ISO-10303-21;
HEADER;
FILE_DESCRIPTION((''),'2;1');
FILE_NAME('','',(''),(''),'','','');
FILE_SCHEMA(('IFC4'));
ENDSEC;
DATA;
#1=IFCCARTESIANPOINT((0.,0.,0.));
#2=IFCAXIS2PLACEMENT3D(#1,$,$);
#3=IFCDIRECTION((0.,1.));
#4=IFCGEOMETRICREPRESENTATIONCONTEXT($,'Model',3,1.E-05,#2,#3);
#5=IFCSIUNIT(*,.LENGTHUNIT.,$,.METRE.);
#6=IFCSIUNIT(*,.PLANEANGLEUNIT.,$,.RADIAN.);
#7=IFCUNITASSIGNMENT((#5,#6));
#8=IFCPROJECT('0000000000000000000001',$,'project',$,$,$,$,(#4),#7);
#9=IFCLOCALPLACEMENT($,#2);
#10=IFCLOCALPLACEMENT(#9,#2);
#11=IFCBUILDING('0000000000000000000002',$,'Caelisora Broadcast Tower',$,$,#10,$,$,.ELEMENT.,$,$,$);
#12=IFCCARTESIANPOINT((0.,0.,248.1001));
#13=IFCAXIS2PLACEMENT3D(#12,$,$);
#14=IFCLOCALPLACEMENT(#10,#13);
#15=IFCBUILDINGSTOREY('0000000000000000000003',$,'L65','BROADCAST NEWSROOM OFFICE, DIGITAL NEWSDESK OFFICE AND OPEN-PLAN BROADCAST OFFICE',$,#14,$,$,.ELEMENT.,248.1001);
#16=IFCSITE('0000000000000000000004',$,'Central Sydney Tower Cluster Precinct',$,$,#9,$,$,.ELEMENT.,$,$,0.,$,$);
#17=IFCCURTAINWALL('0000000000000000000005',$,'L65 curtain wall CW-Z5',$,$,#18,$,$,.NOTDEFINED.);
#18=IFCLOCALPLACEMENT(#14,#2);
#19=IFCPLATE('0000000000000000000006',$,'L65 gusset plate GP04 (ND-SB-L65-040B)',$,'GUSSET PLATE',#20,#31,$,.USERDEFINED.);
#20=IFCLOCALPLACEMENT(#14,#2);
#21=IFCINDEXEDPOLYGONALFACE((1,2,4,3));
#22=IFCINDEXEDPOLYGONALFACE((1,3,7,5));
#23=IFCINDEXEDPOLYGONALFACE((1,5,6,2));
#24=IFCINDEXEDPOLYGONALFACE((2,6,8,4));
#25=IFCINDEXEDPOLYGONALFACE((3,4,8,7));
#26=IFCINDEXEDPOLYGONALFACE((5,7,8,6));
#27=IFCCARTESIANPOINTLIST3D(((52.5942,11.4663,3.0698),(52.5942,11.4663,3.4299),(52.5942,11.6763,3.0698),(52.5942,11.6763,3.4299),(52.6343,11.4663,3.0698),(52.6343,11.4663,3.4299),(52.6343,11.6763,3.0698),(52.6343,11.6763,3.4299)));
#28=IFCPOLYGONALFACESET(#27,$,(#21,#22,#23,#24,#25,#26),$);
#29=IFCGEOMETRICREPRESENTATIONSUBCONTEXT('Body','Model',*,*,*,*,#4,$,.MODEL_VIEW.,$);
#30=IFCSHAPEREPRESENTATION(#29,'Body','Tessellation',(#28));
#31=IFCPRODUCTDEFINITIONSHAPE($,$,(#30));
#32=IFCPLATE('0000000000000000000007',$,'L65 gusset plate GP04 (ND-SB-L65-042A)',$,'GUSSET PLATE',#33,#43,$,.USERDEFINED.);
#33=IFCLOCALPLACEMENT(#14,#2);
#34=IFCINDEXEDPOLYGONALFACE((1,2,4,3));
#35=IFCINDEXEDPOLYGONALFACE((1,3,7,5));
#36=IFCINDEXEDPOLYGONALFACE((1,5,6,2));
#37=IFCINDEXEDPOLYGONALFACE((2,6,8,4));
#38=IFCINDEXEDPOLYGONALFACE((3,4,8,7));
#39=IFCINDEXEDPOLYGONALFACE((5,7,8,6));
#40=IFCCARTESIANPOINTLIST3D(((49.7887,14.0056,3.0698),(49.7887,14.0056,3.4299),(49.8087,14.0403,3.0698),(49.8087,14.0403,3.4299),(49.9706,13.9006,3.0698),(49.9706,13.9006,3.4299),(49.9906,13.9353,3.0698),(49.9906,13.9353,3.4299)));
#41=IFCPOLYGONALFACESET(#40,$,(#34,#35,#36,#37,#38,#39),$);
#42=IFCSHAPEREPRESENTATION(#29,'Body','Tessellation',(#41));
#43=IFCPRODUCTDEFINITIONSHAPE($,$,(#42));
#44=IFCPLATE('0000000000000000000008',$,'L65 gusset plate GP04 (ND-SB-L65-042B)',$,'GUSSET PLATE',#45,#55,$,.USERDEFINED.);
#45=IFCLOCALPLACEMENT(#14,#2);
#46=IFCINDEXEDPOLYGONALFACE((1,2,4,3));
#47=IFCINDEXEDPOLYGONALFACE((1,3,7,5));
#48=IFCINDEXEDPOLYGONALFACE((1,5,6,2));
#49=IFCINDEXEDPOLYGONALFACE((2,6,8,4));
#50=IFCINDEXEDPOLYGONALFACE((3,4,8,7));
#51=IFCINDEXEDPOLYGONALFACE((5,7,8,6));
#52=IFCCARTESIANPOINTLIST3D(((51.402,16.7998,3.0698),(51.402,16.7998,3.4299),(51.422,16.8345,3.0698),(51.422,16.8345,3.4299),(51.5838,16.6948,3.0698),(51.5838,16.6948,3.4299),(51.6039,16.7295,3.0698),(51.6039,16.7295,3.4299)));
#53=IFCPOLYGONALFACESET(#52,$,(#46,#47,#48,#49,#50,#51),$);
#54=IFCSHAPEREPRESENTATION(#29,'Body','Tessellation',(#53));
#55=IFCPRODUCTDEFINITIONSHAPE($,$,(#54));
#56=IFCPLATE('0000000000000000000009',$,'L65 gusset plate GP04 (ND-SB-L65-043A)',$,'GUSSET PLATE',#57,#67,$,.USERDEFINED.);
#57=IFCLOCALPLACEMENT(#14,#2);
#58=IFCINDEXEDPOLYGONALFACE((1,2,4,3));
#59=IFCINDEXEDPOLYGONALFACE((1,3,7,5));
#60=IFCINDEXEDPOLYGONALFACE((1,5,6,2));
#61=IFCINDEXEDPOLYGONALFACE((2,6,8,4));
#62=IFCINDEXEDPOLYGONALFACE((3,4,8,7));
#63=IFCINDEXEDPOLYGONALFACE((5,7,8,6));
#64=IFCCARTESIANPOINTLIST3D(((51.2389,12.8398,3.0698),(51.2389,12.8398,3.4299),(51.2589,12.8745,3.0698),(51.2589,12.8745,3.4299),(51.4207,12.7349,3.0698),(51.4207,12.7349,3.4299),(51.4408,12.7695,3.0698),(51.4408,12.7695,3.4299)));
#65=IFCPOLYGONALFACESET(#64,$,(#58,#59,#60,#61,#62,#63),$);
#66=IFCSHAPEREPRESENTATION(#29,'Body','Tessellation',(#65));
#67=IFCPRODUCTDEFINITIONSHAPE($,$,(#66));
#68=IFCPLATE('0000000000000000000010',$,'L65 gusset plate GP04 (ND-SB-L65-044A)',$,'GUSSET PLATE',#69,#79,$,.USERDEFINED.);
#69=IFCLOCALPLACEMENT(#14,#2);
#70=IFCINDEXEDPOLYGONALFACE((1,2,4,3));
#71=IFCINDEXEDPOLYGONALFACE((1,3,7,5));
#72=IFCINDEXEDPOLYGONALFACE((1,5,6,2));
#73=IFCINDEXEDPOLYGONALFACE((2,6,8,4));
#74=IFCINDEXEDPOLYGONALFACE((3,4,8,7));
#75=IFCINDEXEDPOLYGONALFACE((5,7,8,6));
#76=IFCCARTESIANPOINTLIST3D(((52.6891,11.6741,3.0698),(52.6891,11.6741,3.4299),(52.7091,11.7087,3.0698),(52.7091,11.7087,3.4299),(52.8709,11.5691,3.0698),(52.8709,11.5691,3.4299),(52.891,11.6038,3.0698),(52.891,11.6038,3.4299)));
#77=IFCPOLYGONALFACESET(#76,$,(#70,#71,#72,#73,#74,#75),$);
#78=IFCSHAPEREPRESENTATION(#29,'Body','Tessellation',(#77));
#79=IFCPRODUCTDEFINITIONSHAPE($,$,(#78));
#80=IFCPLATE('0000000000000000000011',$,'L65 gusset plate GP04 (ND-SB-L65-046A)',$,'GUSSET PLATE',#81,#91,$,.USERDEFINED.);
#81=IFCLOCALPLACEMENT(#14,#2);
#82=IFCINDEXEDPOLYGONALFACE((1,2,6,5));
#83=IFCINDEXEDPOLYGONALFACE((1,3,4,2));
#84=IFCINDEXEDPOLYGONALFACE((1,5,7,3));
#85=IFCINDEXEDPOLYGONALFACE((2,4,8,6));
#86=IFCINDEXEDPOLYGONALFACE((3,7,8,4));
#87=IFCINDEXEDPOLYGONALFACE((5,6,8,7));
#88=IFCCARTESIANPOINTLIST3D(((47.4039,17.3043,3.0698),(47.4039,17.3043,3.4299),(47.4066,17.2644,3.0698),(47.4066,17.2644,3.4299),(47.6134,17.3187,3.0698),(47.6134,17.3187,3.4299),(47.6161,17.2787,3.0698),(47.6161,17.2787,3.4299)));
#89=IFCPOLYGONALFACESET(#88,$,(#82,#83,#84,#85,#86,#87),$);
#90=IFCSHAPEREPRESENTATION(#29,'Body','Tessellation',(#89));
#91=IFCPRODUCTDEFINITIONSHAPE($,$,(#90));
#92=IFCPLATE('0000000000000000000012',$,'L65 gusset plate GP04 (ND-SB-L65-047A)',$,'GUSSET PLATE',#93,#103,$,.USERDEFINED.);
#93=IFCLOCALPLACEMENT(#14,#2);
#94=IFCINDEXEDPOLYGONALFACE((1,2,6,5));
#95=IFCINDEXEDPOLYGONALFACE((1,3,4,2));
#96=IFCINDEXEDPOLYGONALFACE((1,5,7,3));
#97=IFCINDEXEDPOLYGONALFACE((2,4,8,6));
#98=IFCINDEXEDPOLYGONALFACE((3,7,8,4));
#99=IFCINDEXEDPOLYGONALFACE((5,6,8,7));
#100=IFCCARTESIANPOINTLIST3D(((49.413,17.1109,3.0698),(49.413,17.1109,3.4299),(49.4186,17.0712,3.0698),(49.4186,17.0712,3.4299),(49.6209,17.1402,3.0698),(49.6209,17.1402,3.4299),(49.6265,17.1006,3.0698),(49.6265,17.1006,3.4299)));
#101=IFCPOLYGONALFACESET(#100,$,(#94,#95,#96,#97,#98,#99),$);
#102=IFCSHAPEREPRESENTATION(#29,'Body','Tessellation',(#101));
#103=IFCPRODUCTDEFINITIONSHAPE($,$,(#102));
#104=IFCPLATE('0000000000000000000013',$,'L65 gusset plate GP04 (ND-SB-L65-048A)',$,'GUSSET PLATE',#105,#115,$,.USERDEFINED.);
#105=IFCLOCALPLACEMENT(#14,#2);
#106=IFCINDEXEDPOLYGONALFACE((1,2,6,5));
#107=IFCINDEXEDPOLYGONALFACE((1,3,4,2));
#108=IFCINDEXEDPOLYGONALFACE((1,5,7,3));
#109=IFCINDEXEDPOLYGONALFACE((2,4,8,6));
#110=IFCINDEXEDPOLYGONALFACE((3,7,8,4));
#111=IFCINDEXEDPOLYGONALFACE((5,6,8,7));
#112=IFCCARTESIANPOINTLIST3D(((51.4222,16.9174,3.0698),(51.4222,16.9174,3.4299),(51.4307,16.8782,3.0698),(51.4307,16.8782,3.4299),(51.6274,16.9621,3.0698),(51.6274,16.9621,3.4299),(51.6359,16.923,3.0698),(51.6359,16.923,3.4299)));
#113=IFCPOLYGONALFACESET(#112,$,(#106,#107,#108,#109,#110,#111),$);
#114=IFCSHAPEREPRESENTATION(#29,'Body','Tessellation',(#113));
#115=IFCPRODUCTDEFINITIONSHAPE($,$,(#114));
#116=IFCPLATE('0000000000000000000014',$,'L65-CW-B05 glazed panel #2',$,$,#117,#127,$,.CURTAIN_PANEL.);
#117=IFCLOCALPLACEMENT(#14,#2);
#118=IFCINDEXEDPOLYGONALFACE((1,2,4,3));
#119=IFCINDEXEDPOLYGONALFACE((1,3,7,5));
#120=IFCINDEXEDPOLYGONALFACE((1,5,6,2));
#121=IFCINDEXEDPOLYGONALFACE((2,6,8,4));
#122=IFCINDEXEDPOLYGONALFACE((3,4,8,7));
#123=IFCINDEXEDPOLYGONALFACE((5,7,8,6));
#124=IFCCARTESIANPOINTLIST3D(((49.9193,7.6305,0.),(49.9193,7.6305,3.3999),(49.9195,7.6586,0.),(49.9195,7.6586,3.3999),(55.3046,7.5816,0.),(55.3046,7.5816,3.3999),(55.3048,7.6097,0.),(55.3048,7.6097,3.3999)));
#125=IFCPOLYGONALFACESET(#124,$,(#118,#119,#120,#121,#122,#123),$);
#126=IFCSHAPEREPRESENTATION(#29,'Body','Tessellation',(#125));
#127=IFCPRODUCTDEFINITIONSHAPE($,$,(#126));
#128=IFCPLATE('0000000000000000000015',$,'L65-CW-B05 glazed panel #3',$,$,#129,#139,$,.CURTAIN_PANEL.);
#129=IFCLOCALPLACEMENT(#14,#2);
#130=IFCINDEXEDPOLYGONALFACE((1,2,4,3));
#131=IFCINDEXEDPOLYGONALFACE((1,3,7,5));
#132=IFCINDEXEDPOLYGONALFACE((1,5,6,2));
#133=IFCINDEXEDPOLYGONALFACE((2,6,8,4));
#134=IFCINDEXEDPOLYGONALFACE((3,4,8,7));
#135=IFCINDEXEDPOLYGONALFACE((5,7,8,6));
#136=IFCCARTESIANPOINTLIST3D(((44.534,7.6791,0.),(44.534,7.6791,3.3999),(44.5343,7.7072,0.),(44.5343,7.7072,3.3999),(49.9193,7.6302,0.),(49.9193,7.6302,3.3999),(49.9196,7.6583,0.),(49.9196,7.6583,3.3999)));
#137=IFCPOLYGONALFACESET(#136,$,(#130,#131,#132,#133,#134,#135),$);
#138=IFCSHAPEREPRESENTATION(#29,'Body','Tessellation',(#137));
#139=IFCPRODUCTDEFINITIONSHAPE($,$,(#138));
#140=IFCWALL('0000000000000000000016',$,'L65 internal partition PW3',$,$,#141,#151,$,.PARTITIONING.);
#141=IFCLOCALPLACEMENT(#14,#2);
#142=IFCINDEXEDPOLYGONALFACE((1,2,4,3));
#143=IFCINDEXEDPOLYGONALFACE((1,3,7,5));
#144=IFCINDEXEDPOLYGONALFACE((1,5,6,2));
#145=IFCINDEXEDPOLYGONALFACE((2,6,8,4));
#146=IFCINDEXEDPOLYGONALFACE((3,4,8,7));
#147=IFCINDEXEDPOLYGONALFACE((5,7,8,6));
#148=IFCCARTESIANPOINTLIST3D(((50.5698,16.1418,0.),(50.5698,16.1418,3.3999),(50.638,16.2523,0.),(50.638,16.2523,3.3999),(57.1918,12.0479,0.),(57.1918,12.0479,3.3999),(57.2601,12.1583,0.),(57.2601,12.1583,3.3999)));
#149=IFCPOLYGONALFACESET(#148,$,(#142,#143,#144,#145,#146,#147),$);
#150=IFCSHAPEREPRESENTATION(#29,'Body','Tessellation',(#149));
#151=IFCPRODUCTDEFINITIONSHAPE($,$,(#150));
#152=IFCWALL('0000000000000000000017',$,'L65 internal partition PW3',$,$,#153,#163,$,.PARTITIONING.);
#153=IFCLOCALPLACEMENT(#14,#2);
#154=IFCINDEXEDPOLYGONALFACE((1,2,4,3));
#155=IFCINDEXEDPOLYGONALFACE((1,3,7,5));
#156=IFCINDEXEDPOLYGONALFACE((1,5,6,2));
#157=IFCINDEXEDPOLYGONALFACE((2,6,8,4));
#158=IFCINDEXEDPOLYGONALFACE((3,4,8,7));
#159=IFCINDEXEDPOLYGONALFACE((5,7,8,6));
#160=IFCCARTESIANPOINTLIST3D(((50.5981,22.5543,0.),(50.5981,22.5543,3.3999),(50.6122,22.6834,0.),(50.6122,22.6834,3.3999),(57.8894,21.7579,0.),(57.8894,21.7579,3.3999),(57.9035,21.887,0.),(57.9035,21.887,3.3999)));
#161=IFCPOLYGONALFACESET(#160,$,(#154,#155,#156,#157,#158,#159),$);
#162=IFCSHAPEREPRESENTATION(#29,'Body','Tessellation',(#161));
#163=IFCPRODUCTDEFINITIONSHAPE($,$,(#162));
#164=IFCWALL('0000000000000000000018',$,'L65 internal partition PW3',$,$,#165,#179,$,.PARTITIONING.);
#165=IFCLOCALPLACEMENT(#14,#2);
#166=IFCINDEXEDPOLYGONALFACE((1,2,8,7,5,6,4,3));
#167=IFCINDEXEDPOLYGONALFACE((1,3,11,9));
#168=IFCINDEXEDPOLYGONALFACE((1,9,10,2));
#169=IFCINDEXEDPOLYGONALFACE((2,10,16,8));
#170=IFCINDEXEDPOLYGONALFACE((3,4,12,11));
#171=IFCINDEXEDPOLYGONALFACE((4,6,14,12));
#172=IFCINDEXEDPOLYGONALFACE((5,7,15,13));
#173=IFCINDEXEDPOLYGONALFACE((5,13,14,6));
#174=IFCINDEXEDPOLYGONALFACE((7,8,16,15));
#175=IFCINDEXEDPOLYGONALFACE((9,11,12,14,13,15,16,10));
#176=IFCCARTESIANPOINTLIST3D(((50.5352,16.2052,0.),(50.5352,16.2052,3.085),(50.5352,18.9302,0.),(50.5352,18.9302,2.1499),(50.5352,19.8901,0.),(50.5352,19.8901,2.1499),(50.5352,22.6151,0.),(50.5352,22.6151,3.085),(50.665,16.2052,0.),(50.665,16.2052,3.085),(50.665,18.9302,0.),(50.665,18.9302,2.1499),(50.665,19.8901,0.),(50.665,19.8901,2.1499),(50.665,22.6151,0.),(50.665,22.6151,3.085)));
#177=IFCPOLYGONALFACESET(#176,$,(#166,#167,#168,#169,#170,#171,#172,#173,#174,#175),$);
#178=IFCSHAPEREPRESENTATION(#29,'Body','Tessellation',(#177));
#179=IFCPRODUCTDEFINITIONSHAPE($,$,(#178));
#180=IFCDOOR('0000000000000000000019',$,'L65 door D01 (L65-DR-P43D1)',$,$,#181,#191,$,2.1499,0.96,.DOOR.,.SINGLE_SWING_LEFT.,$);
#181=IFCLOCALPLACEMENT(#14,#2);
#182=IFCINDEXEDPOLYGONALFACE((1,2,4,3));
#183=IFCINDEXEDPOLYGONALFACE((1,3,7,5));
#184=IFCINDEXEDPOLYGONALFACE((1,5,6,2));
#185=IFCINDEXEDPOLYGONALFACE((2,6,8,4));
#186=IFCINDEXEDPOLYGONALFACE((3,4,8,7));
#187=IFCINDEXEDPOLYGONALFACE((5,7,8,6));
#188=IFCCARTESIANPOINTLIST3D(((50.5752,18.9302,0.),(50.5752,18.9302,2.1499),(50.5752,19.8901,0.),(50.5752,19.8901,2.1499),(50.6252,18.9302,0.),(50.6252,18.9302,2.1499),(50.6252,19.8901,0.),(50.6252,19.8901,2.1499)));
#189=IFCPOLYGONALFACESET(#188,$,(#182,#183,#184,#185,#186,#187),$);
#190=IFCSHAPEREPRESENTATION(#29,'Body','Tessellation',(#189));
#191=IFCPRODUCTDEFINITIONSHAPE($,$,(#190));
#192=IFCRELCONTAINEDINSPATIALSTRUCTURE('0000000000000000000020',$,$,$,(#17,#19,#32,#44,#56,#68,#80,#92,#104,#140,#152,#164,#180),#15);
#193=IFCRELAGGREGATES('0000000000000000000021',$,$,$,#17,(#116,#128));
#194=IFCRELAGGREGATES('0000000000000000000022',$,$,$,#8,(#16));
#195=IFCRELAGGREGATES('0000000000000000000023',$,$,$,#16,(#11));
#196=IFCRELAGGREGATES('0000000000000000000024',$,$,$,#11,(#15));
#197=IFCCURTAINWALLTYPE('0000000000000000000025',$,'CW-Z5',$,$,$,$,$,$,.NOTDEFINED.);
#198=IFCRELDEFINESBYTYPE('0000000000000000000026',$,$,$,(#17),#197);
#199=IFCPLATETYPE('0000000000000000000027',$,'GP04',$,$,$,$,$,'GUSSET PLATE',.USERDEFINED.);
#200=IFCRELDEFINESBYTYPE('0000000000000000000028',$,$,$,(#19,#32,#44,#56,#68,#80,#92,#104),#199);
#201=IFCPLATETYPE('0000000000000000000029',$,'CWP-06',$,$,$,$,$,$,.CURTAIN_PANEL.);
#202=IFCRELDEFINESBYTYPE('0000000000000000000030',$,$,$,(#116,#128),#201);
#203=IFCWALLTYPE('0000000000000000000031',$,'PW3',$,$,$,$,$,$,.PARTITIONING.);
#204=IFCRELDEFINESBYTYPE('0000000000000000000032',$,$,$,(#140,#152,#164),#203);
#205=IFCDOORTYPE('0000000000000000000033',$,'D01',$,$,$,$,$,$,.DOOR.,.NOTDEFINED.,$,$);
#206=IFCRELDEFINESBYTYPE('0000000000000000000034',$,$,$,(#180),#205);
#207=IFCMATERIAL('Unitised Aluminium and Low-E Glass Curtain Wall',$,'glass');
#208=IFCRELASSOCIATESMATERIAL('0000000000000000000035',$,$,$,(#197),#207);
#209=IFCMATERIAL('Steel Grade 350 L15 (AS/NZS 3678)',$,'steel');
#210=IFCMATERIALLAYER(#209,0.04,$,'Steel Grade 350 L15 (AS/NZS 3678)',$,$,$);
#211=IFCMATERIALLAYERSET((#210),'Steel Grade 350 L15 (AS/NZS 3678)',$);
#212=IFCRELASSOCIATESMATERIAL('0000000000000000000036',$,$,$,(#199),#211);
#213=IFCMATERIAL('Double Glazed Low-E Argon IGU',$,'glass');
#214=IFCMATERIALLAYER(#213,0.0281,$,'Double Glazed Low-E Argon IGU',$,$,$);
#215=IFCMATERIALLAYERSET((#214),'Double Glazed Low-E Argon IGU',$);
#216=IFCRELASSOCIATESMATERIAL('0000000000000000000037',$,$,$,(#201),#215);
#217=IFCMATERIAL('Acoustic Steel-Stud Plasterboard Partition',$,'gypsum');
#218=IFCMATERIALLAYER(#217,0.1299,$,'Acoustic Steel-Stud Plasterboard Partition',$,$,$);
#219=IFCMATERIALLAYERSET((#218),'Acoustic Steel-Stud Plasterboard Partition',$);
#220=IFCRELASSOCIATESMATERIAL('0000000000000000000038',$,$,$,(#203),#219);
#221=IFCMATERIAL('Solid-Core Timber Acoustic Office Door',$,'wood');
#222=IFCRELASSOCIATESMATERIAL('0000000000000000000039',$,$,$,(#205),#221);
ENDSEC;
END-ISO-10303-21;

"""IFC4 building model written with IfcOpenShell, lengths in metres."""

from ifc_helpers import new_model, si_unit, direction, frame, frame_2d, origin, origin_2d, place, context, subcontext, project, spatial, rectangle, extrude, source, transform, mapped, material, layer, layer_set, type_object, type_shapes, element, fill, aggregate, save


model = new_model("IFC4")

# Units and contexts
model_context = context("Model", 3, precision=1e-05, world=origin(), true_north=direction((0.0, 1.0)))
body_context = subcontext(model_context, "Body", "Model", "MODEL_VIEW")
ifc_project = project(units=[si_unit("LENGTHUNIT", "METRE"), si_unit("PLANEANGLEUNIT", "RADIAN")], contexts=[model_context])

# Site, building, storey
site_placement = place(None, origin())
site = spatial("IfcSite", under=ifc_project, at=site_placement, Name="Central Sydney Tower Cluster Precinct", CompositionType="ELEMENT", RefElevation=0.0)
building_placement = place(site_placement, origin())
building = spatial("IfcBuilding", under=site, at=building_placement, Name="Caelisora Broadcast Tower", CompositionType="ELEMENT")
storey_placement = place(building_placement, frame((0.0, 0.0, 248.1001)))
storey = spatial("IfcBuildingStorey", under=building, at=storey_placement, Name="L65", Description="BROADCAST NEWSROOM OFFICE, DIGITAL NEWSDESK OFFICE AND OPEN-PLAN BROADCAST OFFICE", CompositionType="ELEMENT", Elevation=248.1001)

# Curtain wall
ifc_material_1 = material(Name="Unitised Aluminium and Low-E Glass Curtain Wall", Category="glass")
curtain_wall_type = type_object("IfcCurtainWallType", Name="CW-Z5", PredefinedType="NOTDEFINED", material=ifc_material_1)
curtain_wall_placement = place(storey_placement, origin())
curtain_wall = element("IfcCurtainWall", 1, at=curtain_wall_placement, inside=storey, type_object=curtain_wall_type, Name="L65 curtain wall CW-Z5", PredefinedType="NOTDEFINED")

# Plates
ifc_material_2 = material(Name="Steel Grade 350 L15 (AS/NZS 3678)", Category="steel")
ifc_layer_1 = layer(ifc_material_2, 0.04, Name="Steel Grade 350 L15 (AS/NZS 3678)")
ifc_layer_set_1 = layer_set([ifc_layer_1], Name="Steel Grade 350 L15 (AS/NZS 3678)")
plate_type_1 = type_object("IfcPlateType", Name="GP04", ElementType="GUSSET PLATE", PredefinedType="USERDEFINED", material=ifc_layer_set_1)
shared_shape_1 = source(origin(), body_context, "Body", "SweptSolid", [
    extrude(rectangle(XDim=0.21, YDim=0.04, at=origin_2d()), origin(), (0.0, 0.0, 1.0), 0.3601),
])
type_shapes(plate_type_1, [shared_shape_1])
for number, where, z_axis, x_axis, name in (
    (2, (52.6143, 11.5713, 3.0698), (0.0, 0.0, 1.0), (0.0, 1.0, 0.0), "L65 gusset plate GP04 (ND-SB-L65-040B)"),
    (3, (49.8896, 13.9705, 3.0698), (0.0, 0.0, 1.0), (-0.866025, 0.5, 0.0), "L65 gusset plate GP04 (ND-SB-L65-042A)"),
    (4, (51.5029, 16.7646, 3.0698), (0.0, 0.0, 1.0), (-0.866025, 0.5, 0.0), "L65 gusset plate GP04 (ND-SB-L65-042B)"),
    (5, (51.3398, 12.8047, 3.0698), (0.0, 0.0, 1.0), (-0.866025, 0.5, 0.0), "L65 gusset plate GP04 (ND-SB-L65-043A)"),
    (6, (52.79, 11.6389, 3.0698), (0.0, 0.0, 1.0), (-0.866025, 0.5, 0.0), "L65 gusset plate GP04 (ND-SB-L65-044A)"),
    (7, (47.51, 17.2915, 3.0698), (0.0, 0.0, 1.0), (-0.99766, -0.068364, 0.0), "L65 gusset plate GP04 (ND-SB-L65-046A)"),
    (8, (49.5198, 17.1057, 3.0698), (0.0, 0.0, 1.0), (-0.990195, -0.139692, 0.0), "L65 gusset plate GP04 (ND-SB-L65-047A)"),
    (9, (51.5291, 16.9202, 3.0698), (0.0, 0.0, 1.0), (-0.977046, -0.21303, 0.0), "L65 gusset plate GP04 (ND-SB-L65-048A)"),
):
    element("IfcPlate", number, at=place(storey_placement, frame(where, z_axis=z_axis, x_axis=x_axis)), inside=storey, type_object=plate_type_1, Name=name, ObjectType="GUSSET PLATE", PredefinedType="USERDEFINED", context=body_context, shape_type="MappedRepresentation", body=[
        mapped(shared_shape_1, transform((0.0, 0.0, 0.0), scale=1.0)),
    ])

# Plates
ifc_material_3 = material(Name="Double Glazed Low-E Argon IGU", Category="glass")
ifc_layer_2 = layer(ifc_material_3, 0.0281, Name="Double Glazed Low-E Argon IGU")
ifc_layer_set_2 = layer_set([ifc_layer_2], Name="Double Glazed Low-E Argon IGU")
plate_type_2 = type_object("IfcPlateType", Name="CWP-06", PredefinedType="CURTAIN_PANEL", material=ifc_layer_set_2)
shared_shape_2 = source(origin(), body_context, "Body", "SweptSolid", [
    extrude(rectangle(XDim=5.3855, YDim=0.0281, at=origin_2d()), origin(), (0.0, 0.0, 1.0), 3.3999),
])
type_shapes(plate_type_2, [shared_shape_2])
plate_1_placement = place(storey_placement, frame((52.6121, 7.6201, 0.0), z_axis=(0.0, 0.0, 1.0), x_axis=(-0.999959, 0.009076, 0.0)))
plate_1 = element("IfcPlate", 10, at=plate_1_placement, type_object=plate_type_2, Name="L65-CW-B05 glazed panel #2", PredefinedType="CURTAIN_PANEL", context=body_context, shape_type="MappedRepresentation", body=[
    mapped(shared_shape_2, transform((0.0, 0.0, 0.0), scale=1.0)),
])
plate_2_placement = place(storey_placement, frame((47.2268, 7.6687, 0.0), z_axis=(0.0, 0.0, 1.0), x_axis=(-0.999959, 0.009076, 0.0)))
plate_2 = element("IfcPlate", 11, at=plate_2_placement, type_object=plate_type_2, Name="L65-CW-B05 glazed panel #3", PredefinedType="CURTAIN_PANEL", context=body_context, shape_type="MappedRepresentation", body=[
    mapped(shared_shape_2, transform((0.0, 0.0, 0.0), scale=1.0)),
])
aggregate(curtain_wall, [plate_1, plate_2])

# Walls
ifc_material_4 = material(Name="Acoustic Steel-Stud Plasterboard Partition", Category="gypsum")
ifc_layer_3 = layer(ifc_material_4, 0.1299, Name="Acoustic Steel-Stud Plasterboard Partition")
ifc_layer_set_3 = layer_set([ifc_layer_3], Name="Acoustic Steel-Stud Plasterboard Partition")
wall_type = type_object("IfcWallType", Name="PW3", PredefinedType="PARTITIONING", material=ifc_layer_set_3)
wall_1_placement = place(storey_placement, frame((50.604, 16.197, 0.0), z_axis=(0.0, 0.0, 1.0), x_axis=(0.850574, -0.525855, 0.0)))
element("IfcWall", 12, at=wall_1_placement, inside=storey, type_object=wall_type, Name="L65 internal partition PW3", PredefinedType="PARTITIONING", context=body_context, shape_type="SweptSolid", body=[
    extrude(rectangle(XDim=7.7854, YDim=0.1299, at=frame_2d((3.8926, 0.0))), origin(), (0.0, 0.0, 1.0), 3.3999),
])
wall_2_placement = place(storey_placement, frame((50.605, 22.6189, 0.0), z_axis=(0.0, 0.0, 1.0), x_axis=(0.994088, -0.108579, 0.0)))
element("IfcWall", 13, at=wall_2_placement, inside=storey, type_object=wall_type, Name="L65 internal partition PW3", PredefinedType="PARTITIONING", context=body_context, shape_type="SweptSolid", body=[
    extrude(rectangle(XDim=7.3347, YDim=0.1299, at=frame_2d((3.6675, 0.0))), origin(), (0.0, 0.0, 1.0), 3.3999),
])

# Wall, opening, door
wall_3_placement = place(storey_placement, frame((50.6001, 16.2051, 0.0), z_axis=(0.0, 0.0, 1.0), x_axis=(0.0, 1.0, 0.0)))
wall_3 = element("IfcWall", 14, at=wall_3_placement, inside=storey, type_object=wall_type, Name="L65 internal partition PW3", PredefinedType="PARTITIONING", context=body_context, shape_type="SweptSolid", body=[
    extrude(rectangle(XDim=6.4099, YDim=0.1299, at=frame_2d((3.2051, 0.0))), origin(), (0.0, 0.0, 1.0), 3.085),
])
opening_1_placement = place(wall_3_placement, frame((2.7251, 0.0, 0.0)))
opening_1 = element("IfcOpeningElement", 15, at=opening_1_placement, cuts=wall_3, PredefinedType="OPENING", context=body_context, shape_type="SweptSolid", body=[
    extrude(rectangle(XDim=0.96, YDim=2.1499, at=frame_2d((0.48, 1.075))), frame((0.0, 0.0769, 0.0), z_axis=(0.0, -1.0, 0.0), x_axis=(1.0, 0.0, 0.0)), (0.0, 0.0, 1.0), 0.1538),
])
ifc_material_5 = material(Name="Solid-Core Timber Acoustic Office Door", Category="wood")
door_type = type_object("IfcDoorType", Name="D01", OperationType="NOTDEFINED", PredefinedType="DOOR", material=ifc_material_5)
door_1_placement = place(opening_1_placement, origin())
door_1 = element("IfcDoor", 16, at=door_1_placement, inside=storey, type_object=door_type, Name="L65 door D01 (L65-DR-P43D1)", OperationType="SINGLE_SWING_LEFT", OverallHeight=2.1499, OverallWidth=0.96, PredefinedType="DOOR", context=body_context, shape_type="SweptSolid", body=[
    extrude(rectangle(XDim=0.96, YDim=2.1499, at=frame_2d((0.48, 1.075))), frame((0.0, 0.0249, 0.0), z_axis=(0.0, -1.0, 0.0), x_axis=(1.0, 0.0, 0.0)), (0.0, 0.0, 1.0), 0.05),
])
fill(opening_1, door_1)

save(model, "model.ifc")
